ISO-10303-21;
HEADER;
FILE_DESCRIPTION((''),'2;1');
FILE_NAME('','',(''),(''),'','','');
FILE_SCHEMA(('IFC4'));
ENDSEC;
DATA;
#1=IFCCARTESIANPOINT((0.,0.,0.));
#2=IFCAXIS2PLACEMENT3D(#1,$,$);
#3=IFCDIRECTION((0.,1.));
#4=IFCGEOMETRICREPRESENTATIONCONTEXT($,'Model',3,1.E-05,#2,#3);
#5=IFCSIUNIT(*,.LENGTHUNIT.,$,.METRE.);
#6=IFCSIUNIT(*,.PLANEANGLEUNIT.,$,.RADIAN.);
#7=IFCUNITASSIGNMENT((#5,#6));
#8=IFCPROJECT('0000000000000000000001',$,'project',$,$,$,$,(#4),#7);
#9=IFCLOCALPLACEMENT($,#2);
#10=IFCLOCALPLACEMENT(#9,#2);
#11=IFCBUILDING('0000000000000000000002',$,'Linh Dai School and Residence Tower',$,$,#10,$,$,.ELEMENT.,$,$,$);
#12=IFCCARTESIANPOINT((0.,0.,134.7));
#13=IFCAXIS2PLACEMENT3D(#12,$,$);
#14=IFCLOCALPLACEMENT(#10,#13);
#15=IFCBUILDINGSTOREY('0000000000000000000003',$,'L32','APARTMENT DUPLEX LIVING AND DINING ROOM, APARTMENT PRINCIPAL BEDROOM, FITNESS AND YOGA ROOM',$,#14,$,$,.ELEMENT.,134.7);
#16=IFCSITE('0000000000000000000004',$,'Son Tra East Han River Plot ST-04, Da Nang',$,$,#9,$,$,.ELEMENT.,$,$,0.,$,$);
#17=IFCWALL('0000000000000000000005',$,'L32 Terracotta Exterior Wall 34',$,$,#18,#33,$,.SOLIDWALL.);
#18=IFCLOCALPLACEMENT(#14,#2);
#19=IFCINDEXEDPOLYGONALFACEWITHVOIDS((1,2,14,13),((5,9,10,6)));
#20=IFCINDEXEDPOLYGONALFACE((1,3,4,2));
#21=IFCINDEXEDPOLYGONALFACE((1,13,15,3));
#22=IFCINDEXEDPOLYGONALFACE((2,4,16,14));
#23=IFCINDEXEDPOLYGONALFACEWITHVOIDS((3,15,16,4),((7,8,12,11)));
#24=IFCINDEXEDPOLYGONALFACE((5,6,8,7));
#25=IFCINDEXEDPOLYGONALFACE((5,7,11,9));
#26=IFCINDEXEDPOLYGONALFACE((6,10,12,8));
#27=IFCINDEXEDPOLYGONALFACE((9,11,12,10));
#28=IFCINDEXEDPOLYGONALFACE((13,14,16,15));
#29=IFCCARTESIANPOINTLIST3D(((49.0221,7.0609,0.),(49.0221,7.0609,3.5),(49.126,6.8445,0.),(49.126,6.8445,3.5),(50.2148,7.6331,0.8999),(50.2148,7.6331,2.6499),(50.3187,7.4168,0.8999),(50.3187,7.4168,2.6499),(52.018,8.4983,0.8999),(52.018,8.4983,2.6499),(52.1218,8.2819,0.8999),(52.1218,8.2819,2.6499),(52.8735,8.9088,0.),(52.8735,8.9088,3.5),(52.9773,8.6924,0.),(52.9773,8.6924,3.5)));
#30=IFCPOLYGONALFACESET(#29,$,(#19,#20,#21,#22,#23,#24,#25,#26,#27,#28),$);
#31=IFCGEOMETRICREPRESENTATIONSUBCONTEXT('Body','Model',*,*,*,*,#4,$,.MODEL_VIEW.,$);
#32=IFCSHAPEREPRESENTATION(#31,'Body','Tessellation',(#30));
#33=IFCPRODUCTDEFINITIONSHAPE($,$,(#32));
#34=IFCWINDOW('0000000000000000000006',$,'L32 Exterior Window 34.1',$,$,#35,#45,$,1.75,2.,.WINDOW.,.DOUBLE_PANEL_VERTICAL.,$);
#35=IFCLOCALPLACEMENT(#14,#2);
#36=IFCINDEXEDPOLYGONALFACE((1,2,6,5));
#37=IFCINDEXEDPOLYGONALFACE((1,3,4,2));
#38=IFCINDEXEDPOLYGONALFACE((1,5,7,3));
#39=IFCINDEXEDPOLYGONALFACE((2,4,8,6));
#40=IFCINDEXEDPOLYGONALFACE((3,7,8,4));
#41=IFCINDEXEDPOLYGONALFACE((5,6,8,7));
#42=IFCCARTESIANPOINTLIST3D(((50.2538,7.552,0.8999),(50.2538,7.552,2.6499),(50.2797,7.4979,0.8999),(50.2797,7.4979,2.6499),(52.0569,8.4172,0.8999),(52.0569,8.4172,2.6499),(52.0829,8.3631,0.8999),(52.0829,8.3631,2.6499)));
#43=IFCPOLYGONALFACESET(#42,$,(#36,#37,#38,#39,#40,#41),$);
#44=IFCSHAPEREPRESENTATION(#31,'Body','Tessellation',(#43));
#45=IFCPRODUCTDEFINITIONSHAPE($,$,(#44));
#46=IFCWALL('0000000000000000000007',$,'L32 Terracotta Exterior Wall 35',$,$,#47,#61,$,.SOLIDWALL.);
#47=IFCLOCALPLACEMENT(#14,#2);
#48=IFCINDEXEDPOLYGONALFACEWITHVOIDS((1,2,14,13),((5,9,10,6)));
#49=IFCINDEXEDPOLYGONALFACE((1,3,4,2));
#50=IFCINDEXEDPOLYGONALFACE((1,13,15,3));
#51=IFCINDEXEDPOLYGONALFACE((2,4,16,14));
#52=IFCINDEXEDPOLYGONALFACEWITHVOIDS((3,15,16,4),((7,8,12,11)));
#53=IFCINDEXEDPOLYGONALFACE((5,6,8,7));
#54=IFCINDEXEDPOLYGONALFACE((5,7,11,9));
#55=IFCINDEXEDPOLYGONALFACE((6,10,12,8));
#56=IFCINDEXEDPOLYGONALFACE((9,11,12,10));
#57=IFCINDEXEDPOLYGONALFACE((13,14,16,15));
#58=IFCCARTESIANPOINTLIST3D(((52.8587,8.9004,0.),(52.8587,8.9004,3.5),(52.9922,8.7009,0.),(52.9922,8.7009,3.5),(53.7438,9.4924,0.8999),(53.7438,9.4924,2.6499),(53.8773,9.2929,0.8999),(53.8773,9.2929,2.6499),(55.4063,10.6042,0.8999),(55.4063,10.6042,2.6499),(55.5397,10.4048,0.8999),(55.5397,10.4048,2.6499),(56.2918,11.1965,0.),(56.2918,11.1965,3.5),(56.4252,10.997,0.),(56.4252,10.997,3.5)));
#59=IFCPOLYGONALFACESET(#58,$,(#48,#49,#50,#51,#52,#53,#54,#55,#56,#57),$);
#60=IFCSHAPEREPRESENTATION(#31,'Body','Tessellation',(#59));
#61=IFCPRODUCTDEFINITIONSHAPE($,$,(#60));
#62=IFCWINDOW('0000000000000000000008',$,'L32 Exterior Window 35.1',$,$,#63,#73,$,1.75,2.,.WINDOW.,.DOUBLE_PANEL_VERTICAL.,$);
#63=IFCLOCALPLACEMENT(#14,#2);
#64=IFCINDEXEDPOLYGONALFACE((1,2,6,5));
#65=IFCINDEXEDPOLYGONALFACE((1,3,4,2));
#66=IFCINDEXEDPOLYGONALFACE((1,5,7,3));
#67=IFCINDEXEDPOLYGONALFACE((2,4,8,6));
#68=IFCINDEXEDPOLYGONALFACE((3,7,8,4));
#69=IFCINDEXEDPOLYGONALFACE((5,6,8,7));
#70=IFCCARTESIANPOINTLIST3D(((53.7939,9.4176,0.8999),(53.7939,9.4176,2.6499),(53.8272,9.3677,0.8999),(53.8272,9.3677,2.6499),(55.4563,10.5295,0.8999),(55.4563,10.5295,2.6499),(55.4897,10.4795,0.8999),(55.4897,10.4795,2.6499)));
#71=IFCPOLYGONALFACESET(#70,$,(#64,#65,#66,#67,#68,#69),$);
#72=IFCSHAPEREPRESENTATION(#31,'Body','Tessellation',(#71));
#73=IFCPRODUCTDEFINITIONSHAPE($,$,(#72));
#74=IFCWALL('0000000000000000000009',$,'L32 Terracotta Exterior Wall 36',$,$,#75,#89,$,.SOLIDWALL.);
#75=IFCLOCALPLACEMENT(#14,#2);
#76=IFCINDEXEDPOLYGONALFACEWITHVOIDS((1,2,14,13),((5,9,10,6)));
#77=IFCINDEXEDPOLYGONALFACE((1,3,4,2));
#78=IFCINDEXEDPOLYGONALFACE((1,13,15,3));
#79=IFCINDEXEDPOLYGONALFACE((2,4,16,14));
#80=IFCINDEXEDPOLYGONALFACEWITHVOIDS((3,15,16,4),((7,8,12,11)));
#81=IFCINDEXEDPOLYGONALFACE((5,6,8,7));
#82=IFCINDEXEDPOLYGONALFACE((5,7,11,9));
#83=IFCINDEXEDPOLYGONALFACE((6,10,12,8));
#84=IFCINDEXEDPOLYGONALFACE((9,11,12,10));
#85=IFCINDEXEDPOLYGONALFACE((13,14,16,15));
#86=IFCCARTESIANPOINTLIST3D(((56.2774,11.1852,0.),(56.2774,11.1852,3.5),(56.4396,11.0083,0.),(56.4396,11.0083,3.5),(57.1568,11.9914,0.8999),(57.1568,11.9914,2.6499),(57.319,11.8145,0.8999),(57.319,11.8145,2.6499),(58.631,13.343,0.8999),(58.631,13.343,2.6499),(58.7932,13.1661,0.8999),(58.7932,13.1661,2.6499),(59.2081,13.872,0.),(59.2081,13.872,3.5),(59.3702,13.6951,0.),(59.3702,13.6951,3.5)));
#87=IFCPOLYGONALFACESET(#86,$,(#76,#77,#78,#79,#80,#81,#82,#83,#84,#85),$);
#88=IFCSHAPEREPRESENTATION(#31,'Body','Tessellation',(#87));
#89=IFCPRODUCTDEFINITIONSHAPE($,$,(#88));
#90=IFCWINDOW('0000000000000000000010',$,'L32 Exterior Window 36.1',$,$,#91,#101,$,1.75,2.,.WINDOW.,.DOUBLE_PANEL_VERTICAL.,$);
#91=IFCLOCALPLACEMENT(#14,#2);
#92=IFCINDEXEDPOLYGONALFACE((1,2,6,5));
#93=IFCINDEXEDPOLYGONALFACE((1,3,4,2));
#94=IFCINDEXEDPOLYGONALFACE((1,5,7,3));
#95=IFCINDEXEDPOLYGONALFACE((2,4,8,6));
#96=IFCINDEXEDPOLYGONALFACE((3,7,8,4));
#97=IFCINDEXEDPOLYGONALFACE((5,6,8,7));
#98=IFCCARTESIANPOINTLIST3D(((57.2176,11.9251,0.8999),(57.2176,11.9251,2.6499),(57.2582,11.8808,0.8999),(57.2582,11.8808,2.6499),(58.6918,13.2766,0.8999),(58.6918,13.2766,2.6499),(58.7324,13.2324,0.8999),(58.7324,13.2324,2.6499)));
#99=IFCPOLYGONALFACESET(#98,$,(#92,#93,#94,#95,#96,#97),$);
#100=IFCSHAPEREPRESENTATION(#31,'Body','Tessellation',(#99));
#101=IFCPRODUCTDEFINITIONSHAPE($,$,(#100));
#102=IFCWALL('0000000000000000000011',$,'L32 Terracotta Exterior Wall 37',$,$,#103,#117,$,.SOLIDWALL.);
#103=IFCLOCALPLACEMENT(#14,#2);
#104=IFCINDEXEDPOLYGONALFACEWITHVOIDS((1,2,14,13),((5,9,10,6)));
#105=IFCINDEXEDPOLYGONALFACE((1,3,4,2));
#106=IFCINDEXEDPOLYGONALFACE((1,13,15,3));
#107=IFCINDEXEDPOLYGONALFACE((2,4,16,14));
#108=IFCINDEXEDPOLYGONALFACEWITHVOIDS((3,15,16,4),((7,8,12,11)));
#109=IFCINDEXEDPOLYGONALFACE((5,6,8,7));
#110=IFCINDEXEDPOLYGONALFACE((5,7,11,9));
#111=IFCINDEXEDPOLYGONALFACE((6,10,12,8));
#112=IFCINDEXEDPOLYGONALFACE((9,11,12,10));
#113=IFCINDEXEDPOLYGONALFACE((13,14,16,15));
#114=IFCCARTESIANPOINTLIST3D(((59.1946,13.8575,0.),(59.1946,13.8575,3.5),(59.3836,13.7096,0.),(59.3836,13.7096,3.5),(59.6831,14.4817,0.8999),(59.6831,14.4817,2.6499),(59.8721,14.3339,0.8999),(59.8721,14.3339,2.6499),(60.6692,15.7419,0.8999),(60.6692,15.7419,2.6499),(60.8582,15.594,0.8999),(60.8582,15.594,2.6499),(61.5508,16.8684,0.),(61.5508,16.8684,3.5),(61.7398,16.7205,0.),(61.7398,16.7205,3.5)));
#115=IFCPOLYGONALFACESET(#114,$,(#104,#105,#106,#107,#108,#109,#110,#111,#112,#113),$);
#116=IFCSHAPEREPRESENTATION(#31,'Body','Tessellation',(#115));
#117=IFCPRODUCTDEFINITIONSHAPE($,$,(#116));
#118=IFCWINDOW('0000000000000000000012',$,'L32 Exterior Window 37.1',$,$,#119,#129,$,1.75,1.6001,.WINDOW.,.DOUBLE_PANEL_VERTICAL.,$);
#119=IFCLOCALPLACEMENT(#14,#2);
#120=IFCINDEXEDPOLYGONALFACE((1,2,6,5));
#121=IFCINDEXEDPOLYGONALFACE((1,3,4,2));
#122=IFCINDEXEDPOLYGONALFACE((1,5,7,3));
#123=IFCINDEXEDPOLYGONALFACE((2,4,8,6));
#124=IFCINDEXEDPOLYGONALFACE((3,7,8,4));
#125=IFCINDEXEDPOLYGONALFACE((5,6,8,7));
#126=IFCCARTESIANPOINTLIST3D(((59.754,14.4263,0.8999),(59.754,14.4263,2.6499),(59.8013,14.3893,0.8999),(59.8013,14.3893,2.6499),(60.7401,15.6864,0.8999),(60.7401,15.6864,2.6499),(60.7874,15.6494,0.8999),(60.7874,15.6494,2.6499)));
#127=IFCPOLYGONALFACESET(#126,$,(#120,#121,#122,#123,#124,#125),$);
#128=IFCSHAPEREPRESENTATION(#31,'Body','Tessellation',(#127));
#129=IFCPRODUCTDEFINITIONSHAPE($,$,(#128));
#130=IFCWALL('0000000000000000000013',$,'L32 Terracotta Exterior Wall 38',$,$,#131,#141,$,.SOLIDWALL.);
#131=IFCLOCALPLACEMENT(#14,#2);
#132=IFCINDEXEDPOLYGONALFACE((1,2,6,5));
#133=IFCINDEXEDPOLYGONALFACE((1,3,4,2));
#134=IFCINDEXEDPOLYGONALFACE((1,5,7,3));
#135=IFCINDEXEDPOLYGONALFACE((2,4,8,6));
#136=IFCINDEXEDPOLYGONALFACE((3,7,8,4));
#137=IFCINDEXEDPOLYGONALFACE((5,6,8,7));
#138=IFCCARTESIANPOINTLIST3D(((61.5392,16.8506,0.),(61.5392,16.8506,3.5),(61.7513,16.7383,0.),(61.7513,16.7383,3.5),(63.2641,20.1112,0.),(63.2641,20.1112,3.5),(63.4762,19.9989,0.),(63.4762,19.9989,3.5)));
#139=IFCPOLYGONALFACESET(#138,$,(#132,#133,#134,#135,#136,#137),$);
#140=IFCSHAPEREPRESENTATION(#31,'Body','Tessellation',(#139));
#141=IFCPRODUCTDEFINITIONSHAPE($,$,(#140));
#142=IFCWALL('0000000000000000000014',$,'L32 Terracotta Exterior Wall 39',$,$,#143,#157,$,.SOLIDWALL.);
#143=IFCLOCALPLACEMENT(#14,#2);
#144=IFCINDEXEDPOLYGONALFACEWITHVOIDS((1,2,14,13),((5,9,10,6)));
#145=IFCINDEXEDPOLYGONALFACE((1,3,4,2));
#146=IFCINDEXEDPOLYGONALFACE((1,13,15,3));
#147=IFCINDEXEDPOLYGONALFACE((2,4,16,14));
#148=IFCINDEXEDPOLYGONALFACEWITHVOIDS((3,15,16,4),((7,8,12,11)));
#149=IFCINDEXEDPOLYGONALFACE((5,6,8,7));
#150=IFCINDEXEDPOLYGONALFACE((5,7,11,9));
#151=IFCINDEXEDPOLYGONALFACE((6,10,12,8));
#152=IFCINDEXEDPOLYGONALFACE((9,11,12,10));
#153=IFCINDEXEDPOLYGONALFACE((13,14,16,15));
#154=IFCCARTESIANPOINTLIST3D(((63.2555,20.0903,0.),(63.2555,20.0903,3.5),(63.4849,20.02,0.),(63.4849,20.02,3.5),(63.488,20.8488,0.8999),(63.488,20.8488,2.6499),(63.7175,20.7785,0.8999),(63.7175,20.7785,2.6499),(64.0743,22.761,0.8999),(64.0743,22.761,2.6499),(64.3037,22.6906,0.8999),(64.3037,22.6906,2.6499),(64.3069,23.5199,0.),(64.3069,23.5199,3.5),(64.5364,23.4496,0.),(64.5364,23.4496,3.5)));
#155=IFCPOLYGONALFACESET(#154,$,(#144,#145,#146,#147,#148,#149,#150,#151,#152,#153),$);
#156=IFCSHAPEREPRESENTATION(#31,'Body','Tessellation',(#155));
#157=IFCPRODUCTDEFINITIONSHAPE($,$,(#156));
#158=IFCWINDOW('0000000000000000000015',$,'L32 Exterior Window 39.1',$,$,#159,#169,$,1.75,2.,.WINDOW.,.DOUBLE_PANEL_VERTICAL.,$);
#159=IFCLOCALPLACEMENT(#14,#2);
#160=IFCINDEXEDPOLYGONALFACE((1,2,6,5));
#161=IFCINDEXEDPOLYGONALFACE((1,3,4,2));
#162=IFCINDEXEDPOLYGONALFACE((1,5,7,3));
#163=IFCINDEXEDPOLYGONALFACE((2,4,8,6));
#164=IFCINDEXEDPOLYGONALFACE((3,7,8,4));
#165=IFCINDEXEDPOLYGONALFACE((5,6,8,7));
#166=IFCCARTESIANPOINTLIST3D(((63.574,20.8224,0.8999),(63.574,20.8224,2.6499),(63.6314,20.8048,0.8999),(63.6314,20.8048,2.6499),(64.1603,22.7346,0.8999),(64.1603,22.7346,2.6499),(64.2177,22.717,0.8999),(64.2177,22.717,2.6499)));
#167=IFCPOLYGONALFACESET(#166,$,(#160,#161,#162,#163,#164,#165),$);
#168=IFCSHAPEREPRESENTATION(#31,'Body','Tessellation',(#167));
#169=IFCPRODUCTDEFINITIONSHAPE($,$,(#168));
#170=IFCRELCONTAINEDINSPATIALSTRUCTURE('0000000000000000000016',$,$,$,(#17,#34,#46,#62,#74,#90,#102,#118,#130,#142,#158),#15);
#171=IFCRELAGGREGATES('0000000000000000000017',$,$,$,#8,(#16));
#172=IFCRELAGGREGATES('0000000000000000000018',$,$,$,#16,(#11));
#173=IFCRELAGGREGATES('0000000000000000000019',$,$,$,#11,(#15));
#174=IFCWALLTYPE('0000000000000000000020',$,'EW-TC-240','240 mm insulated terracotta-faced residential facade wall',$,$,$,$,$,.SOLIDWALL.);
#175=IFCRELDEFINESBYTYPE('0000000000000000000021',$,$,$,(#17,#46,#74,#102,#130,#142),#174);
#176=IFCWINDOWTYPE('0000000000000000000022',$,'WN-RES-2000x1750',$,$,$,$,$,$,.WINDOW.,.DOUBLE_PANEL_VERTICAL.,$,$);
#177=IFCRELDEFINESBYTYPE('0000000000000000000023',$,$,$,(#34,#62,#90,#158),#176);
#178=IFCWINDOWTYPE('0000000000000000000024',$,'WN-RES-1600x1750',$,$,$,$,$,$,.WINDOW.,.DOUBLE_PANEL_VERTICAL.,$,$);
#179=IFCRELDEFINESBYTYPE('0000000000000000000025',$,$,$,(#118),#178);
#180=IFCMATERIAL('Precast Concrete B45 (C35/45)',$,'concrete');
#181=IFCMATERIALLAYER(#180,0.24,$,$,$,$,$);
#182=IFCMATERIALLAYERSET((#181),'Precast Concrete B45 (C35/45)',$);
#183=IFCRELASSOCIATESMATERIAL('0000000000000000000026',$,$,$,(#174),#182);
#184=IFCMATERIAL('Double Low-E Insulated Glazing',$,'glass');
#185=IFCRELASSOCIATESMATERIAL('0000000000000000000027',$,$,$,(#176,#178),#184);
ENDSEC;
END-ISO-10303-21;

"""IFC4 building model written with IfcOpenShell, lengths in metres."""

from ifc_helpers import new_model, si_unit, direction, frame, frame_2d, origin, origin_2d, place, context, subcontext, project, spatial, rectangle, extrude, source, transform, mapped, material, layer, layer_set, type_object, element, fill, save


model = new_model("IFC4")

# Units and contexts
model_context = context("Model", 3, precision=1e-05, world=origin(), true_north=direction((0.0, 1.0)))
body_context = subcontext(model_context, "Body", "Model", "MODEL_VIEW")
ifc_project = project(units=[si_unit("LENGTHUNIT", "METRE"), si_unit("PLANEANGLEUNIT", "RADIAN")], contexts=[model_context])

# Site, building, storey
site_placement = place(None, origin())
site = spatial("IfcSite", under=ifc_project, at=site_placement, Name="Son Tra East Han River Plot ST-04, Da Nang", CompositionType="ELEMENT", RefElevation=0.0)
building_placement = place(site_placement, origin())
building = spatial("IfcBuilding", under=site, at=building_placement, Name="Linh Dai School and Residence Tower", CompositionType="ELEMENT")
storey_placement = place(building_placement, frame((0.0, 0.0, 134.7)))
storey = spatial("IfcBuildingStorey", under=building, at=storey_placement, Name="L32", Description="APARTMENT DUPLEX LIVING AND DINING ROOM, APARTMENT PRINCIPAL BEDROOM, FITNESS AND YOGA ROOM", CompositionType="ELEMENT", Elevation=134.7)

# Shared definitions
ifc_material_1 = material(Name="Precast Concrete B45 (C35/45)", Category="concrete")

# Walls, openings, windows
ifc_layer_1 = layer(ifc_material_1, 0.24)
ifc_layer_set_1 = layer_set([ifc_layer_1], Name="Precast Concrete B45 (C35/45)")
wall_type_1 = type_object("IfcWallType", Name="EW-TC-240", Description="240 mm insulated terracotta-faced residential facade wall", PredefinedType="SOLIDWALL", material=ifc_layer_set_1)
wall_1_placement = place(storey_placement, frame((52.9253, 8.8005, 0.0), z_axis=(0.0, 0.0, 1.0), x_axis=(-0.90159, -0.432592, 0.0)))
wall_1 = element("IfcWall", 1, at=wall_1_placement, inside=storey, type_object=wall_type_1, Name="L32 Terracotta Exterior Wall 34", PredefinedType="SOLIDWALL", context=body_context, shape_type="SweptSolid", body=[
    extrude(rectangle(XDim=4.2717, YDim=0.24, at=frame_2d((2.1357, 0.0))), origin(), (0.0, 0.0, 1.0), 3.5),
])
opening_1_placement = place(wall_1_placement, frame((0.9487, 0.0, 0.8999)))
opening_1 = element("IfcOpeningElement", 2, at=opening_1_placement, cuts=wall_1, PredefinedType="OPENING", context=body_context, shape_type="SweptSolid", body=[
    extrude(rectangle(XDim=2.0, YDim=1.75, at=origin_2d()), frame((1.0, 0.1299, 0.875), z_axis=(0.0, -1.0, 0.0), x_axis=(1.0, 0.0, 0.0)), (0.0, 0.0, 1.0), 0.26),
])
ifc_material_2 = material(Name="Double Low-E Insulated Glazing", Category="glass")
window_type_1 = type_object("IfcWindowType", Name="WN-RES-2000x1750", PartitioningType="DOUBLE_PANEL_VERTICAL", PredefinedType="WINDOW", material=ifc_material_2)
shared_shape_1 = source(origin(), body_context, "Body", "SweptSolid", [
    extrude(rectangle(XDim=2.0, YDim=1.75, at=origin_2d()), frame((1.0, 0.03, 0.875), z_axis=(0.0, -1.0, 0.0), x_axis=(1.0, 0.0, 0.0)), (0.0, 0.0, 1.0), 0.0601),
])
window_1_placement = place(opening_1_placement, origin())
window_1 = element("IfcWindow", 3, at=window_1_placement, inside=storey, type_object=window_type_1, Name="L32 Exterior Window 34.1", OverallHeight=1.75, OverallWidth=2.0, PartitioningType="DOUBLE_PANEL_VERTICAL", PredefinedType="WINDOW", context=body_context, shape_type="MappedRepresentation", body=[
    mapped(shared_shape_1, transform((0.0, 0.0, 0.0), x_axis=(1.0, 0.0, 0.0), y_axis=(0.0, 1.0, 0.0), z_axis=(0.0, 0.0, 1.0), scale=1.0)),
])
fill(opening_1, window_1)
wall_2_placement = place(storey_placement, frame((56.3584, 11.0967, 0.0), z_axis=(0.0, 0.0, 1.0), x_axis=(-0.831222, -0.555941, 0.0)))
wall_2 = element("IfcWall", 4, at=wall_2_placement, inside=storey, type_object=wall_type_1, Name="L32 Terracotta Exterior Wall 35", PredefinedType="SOLIDWALL", context=body_context, shape_type="SweptSolid", body=[
    extrude(rectangle(XDim=4.1301, YDim=0.24, at=frame_2d((2.0649, 0.0))), origin(), (0.0, 0.0, 1.0), 3.5),
])
opening_2_placement = place(wall_2_placement, frame((1.0652, 0.0, 0.8999)))
opening_2 = element("IfcOpeningElement", 5, at=opening_2_placement, cuts=wall_2, PredefinedType="OPENING", context=body_context, shape_type="SweptSolid", body=[
    extrude(rectangle(XDim=2.0, YDim=1.75, at=origin_2d()), frame((1.0, 0.1299, 0.875), z_axis=(0.0, -1.0, 0.0), x_axis=(1.0, 0.0, 0.0)), (0.0, 0.0, 1.0), 0.26),
])
window_2_placement = place(opening_2_placement, origin())
window_2 = element("IfcWindow", 6, at=window_2_placement, inside=storey, type_object=window_type_1, Name="L32 Exterior Window 35.1", OverallHeight=1.75, OverallWidth=2.0, PartitioningType="DOUBLE_PANEL_VERTICAL", PredefinedType="WINDOW", context=body_context, shape_type="MappedRepresentation", body=[
    mapped(shared_shape_1, transform((0.0, 0.0, 0.0), x_axis=(1.0, 0.0, 0.0), y_axis=(0.0, 1.0, 0.0), z_axis=(0.0, 0.0, 1.0), scale=1.0)),
])
fill(opening_2, window_2)
wall_3_placement = place(storey_placement, frame((59.2891, 13.7834, 0.0), z_axis=(0.0, 0.0, 1.0), x_axis=(-0.737113, -0.675769, 0.0)))
wall_3 = element("IfcWall", 7, at=wall_3_placement, inside=storey, type_object=wall_type_1, Name="L32 Terracotta Exterior Wall 36", PredefinedType="SOLIDWALL", context=body_context, shape_type="SweptSolid", body=[
    extrude(rectangle(XDim=3.9758, YDim=0.24, at=frame_2d((1.9878, 0.0))), origin(), (0.0, 0.0, 1.0), 3.5),
])
opening_3_placement = place(wall_3_placement, frame((0.7827, 0.0, 0.8999)))
opening_3 = element("IfcOpeningElement", 8, at=opening_3_placement, cuts=wall_3, PredefinedType="OPENING", context=body_context, shape_type="SweptSolid", body=[
    extrude(rectangle(XDim=2.0, YDim=1.75, at=origin_2d()), frame((1.0, 0.1299, 0.875), z_axis=(0.0, -1.0, 0.0), x_axis=(1.0, 0.0, 0.0)), (0.0, 0.0, 1.0), 0.26),
])
window_3_placement = place(opening_3_placement, origin())
window_3 = element("IfcWindow", 9, at=window_3_placement, inside=storey, type_object=window_type_1, Name="L32 Exterior Window 36.1", OverallHeight=1.75, OverallWidth=2.0, PartitioningType="DOUBLE_PANEL_VERTICAL", PredefinedType="WINDOW", context=body_context, shape_type="MappedRepresentation", body=[
    mapped(shared_shape_1, transform((0.0, 0.0, 0.0), x_axis=(1.0, 0.0, 0.0), y_axis=(0.0, 1.0, 0.0), z_axis=(0.0, 0.0, 1.0), scale=1.0)),
])
fill(opening_3, window_3)
wall_4_placement = place(storey_placement, frame((61.6453, 16.7944, 0.0), z_axis=(0.0, 0.0, 1.0), x_axis=(-0.616272, -0.787533, 0.0)))
wall_4 = element("IfcWall", 10, at=wall_4_placement, inside=storey, type_object=wall_type_1, Name="L32 Terracotta Exterior Wall 37", PredefinedType="SOLIDWALL", context=body_context, shape_type="SweptSolid", body=[
    extrude(rectangle(XDim=3.8232, YDim=0.24, at=frame_2d((1.9116, 0.0))), origin(), (0.0, 0.0, 1.0), 3.5),
])
opening_4_placement = place(wall_4_placement, frame((1.4304, 0.0, 0.8999)))
opening_4 = element("IfcOpeningElement", 11, at=opening_4_placement, cuts=wall_4, PredefinedType="OPENING", context=body_context, shape_type="SweptSolid", body=[
    extrude(rectangle(XDim=1.6001, YDim=1.75, at=origin_2d()), frame((0.8, 0.1299, 0.875), z_axis=(0.0, -1.0, 0.0), x_axis=(1.0, 0.0, 0.0)), (0.0, 0.0, 1.0), 0.26),
])
window_type_2 = type_object("IfcWindowType", Name="WN-RES-1600x1750", PartitioningType="DOUBLE_PANEL_VERTICAL", PredefinedType="WINDOW", material=ifc_material_2)
shared_shape_2 = source(origin(), body_context, "Body", "SweptSolid", [
    extrude(rectangle(XDim=1.6001, YDim=1.75, at=origin_2d()), frame((0.8, 0.03, 0.875), z_axis=(0.0, -1.0, 0.0), x_axis=(1.0, 0.0, 0.0)), (0.0, 0.0, 1.0), 0.0601),
])
window_4_placement = place(opening_4_placement, origin())
window_4 = element("IfcWindow", 12, at=window_4_placement, inside=storey, type_object=window_type_2, Name="L32 Exterior Window 37.1", OverallHeight=1.75, OverallWidth=1.6001, PartitioningType="DOUBLE_PANEL_VERTICAL", PredefinedType="WINDOW", context=body_context, shape_type="MappedRepresentation", body=[
    mapped(shared_shape_2, transform((0.0, 0.0, 0.0), x_axis=(1.0, 0.0, 0.0), y_axis=(0.0, 1.0, 0.0), z_axis=(0.0, 0.0, 1.0), scale=1.0)),
])
fill(opening_4, window_4)

# Wall
wall_5_placement = place(storey_placement, frame((63.3701, 20.0549, 0.0), z_axis=(0.0, 0.0, 1.0), x_axis=(-0.467614, -0.883933, 0.0)))
element("IfcWall", 13, at=wall_5_placement, inside=storey, type_object=wall_type_1, Name="L32 Terracotta Exterior Wall 38", PredefinedType="SOLIDWALL", context=body_context, shape_type="SweptSolid", body=[
    extrude(rectangle(XDim=3.6887, YDim=0.24, at=frame_2d((1.8442, 0.0))), origin(), (0.0, 0.0, 1.0), 3.5),
])

# Wall, opening, window
wall_6_placement = place(storey_placement, frame((64.4216, 23.4846, 0.0), z_axis=(0.0, 0.0, 1.0), x_axis=(-0.293124, -0.956074, 0.0)))
wall_6 = element("IfcWall", 14, at=wall_6_placement, inside=storey, type_object=wall_type_1, Name="L32 Terracotta Exterior Wall 39", PredefinedType="SOLIDWALL", context=body_context, shape_type="SweptSolid", body=[
    extrude(rectangle(XDim=3.5872, YDim=0.24, at=frame_2d((1.7935, 0.0))), origin(), (0.0, 0.0, 1.0), 3.5),
])
opening_5_placement = place(wall_6_placement, frame((0.7937, 0.0, 0.8999)))
opening_5 = element("IfcOpeningElement", 15, at=opening_5_placement, cuts=wall_6, PredefinedType="OPENING", context=body_context, shape_type="SweptSolid", body=[
    extrude(rectangle(XDim=2.0, YDim=1.75, at=origin_2d()), frame((1.0, 0.1299, 0.875), z_axis=(0.0, -1.0, 0.0), x_axis=(1.0, 0.0, 0.0)), (0.0, 0.0, 1.0), 0.26),
])
window_5_placement = place(opening_5_placement, origin())
window_5 = element("IfcWindow", 16, at=window_5_placement, inside=storey, type_object=window_type_1, Name="L32 Exterior Window 39.1", OverallHeight=1.75, OverallWidth=2.0, PartitioningType="DOUBLE_PANEL_VERTICAL", PredefinedType="WINDOW", context=body_context, shape_type="MappedRepresentation", body=[
    mapped(shared_shape_1, transform((0.0, 0.0, 0.0), x_axis=(1.0, 0.0, 0.0), y_axis=(0.0, 1.0, 0.0), z_axis=(0.0, 0.0, 1.0), scale=1.0)),
])
fill(opening_5, window_5)

save(model, "model.ifc")
